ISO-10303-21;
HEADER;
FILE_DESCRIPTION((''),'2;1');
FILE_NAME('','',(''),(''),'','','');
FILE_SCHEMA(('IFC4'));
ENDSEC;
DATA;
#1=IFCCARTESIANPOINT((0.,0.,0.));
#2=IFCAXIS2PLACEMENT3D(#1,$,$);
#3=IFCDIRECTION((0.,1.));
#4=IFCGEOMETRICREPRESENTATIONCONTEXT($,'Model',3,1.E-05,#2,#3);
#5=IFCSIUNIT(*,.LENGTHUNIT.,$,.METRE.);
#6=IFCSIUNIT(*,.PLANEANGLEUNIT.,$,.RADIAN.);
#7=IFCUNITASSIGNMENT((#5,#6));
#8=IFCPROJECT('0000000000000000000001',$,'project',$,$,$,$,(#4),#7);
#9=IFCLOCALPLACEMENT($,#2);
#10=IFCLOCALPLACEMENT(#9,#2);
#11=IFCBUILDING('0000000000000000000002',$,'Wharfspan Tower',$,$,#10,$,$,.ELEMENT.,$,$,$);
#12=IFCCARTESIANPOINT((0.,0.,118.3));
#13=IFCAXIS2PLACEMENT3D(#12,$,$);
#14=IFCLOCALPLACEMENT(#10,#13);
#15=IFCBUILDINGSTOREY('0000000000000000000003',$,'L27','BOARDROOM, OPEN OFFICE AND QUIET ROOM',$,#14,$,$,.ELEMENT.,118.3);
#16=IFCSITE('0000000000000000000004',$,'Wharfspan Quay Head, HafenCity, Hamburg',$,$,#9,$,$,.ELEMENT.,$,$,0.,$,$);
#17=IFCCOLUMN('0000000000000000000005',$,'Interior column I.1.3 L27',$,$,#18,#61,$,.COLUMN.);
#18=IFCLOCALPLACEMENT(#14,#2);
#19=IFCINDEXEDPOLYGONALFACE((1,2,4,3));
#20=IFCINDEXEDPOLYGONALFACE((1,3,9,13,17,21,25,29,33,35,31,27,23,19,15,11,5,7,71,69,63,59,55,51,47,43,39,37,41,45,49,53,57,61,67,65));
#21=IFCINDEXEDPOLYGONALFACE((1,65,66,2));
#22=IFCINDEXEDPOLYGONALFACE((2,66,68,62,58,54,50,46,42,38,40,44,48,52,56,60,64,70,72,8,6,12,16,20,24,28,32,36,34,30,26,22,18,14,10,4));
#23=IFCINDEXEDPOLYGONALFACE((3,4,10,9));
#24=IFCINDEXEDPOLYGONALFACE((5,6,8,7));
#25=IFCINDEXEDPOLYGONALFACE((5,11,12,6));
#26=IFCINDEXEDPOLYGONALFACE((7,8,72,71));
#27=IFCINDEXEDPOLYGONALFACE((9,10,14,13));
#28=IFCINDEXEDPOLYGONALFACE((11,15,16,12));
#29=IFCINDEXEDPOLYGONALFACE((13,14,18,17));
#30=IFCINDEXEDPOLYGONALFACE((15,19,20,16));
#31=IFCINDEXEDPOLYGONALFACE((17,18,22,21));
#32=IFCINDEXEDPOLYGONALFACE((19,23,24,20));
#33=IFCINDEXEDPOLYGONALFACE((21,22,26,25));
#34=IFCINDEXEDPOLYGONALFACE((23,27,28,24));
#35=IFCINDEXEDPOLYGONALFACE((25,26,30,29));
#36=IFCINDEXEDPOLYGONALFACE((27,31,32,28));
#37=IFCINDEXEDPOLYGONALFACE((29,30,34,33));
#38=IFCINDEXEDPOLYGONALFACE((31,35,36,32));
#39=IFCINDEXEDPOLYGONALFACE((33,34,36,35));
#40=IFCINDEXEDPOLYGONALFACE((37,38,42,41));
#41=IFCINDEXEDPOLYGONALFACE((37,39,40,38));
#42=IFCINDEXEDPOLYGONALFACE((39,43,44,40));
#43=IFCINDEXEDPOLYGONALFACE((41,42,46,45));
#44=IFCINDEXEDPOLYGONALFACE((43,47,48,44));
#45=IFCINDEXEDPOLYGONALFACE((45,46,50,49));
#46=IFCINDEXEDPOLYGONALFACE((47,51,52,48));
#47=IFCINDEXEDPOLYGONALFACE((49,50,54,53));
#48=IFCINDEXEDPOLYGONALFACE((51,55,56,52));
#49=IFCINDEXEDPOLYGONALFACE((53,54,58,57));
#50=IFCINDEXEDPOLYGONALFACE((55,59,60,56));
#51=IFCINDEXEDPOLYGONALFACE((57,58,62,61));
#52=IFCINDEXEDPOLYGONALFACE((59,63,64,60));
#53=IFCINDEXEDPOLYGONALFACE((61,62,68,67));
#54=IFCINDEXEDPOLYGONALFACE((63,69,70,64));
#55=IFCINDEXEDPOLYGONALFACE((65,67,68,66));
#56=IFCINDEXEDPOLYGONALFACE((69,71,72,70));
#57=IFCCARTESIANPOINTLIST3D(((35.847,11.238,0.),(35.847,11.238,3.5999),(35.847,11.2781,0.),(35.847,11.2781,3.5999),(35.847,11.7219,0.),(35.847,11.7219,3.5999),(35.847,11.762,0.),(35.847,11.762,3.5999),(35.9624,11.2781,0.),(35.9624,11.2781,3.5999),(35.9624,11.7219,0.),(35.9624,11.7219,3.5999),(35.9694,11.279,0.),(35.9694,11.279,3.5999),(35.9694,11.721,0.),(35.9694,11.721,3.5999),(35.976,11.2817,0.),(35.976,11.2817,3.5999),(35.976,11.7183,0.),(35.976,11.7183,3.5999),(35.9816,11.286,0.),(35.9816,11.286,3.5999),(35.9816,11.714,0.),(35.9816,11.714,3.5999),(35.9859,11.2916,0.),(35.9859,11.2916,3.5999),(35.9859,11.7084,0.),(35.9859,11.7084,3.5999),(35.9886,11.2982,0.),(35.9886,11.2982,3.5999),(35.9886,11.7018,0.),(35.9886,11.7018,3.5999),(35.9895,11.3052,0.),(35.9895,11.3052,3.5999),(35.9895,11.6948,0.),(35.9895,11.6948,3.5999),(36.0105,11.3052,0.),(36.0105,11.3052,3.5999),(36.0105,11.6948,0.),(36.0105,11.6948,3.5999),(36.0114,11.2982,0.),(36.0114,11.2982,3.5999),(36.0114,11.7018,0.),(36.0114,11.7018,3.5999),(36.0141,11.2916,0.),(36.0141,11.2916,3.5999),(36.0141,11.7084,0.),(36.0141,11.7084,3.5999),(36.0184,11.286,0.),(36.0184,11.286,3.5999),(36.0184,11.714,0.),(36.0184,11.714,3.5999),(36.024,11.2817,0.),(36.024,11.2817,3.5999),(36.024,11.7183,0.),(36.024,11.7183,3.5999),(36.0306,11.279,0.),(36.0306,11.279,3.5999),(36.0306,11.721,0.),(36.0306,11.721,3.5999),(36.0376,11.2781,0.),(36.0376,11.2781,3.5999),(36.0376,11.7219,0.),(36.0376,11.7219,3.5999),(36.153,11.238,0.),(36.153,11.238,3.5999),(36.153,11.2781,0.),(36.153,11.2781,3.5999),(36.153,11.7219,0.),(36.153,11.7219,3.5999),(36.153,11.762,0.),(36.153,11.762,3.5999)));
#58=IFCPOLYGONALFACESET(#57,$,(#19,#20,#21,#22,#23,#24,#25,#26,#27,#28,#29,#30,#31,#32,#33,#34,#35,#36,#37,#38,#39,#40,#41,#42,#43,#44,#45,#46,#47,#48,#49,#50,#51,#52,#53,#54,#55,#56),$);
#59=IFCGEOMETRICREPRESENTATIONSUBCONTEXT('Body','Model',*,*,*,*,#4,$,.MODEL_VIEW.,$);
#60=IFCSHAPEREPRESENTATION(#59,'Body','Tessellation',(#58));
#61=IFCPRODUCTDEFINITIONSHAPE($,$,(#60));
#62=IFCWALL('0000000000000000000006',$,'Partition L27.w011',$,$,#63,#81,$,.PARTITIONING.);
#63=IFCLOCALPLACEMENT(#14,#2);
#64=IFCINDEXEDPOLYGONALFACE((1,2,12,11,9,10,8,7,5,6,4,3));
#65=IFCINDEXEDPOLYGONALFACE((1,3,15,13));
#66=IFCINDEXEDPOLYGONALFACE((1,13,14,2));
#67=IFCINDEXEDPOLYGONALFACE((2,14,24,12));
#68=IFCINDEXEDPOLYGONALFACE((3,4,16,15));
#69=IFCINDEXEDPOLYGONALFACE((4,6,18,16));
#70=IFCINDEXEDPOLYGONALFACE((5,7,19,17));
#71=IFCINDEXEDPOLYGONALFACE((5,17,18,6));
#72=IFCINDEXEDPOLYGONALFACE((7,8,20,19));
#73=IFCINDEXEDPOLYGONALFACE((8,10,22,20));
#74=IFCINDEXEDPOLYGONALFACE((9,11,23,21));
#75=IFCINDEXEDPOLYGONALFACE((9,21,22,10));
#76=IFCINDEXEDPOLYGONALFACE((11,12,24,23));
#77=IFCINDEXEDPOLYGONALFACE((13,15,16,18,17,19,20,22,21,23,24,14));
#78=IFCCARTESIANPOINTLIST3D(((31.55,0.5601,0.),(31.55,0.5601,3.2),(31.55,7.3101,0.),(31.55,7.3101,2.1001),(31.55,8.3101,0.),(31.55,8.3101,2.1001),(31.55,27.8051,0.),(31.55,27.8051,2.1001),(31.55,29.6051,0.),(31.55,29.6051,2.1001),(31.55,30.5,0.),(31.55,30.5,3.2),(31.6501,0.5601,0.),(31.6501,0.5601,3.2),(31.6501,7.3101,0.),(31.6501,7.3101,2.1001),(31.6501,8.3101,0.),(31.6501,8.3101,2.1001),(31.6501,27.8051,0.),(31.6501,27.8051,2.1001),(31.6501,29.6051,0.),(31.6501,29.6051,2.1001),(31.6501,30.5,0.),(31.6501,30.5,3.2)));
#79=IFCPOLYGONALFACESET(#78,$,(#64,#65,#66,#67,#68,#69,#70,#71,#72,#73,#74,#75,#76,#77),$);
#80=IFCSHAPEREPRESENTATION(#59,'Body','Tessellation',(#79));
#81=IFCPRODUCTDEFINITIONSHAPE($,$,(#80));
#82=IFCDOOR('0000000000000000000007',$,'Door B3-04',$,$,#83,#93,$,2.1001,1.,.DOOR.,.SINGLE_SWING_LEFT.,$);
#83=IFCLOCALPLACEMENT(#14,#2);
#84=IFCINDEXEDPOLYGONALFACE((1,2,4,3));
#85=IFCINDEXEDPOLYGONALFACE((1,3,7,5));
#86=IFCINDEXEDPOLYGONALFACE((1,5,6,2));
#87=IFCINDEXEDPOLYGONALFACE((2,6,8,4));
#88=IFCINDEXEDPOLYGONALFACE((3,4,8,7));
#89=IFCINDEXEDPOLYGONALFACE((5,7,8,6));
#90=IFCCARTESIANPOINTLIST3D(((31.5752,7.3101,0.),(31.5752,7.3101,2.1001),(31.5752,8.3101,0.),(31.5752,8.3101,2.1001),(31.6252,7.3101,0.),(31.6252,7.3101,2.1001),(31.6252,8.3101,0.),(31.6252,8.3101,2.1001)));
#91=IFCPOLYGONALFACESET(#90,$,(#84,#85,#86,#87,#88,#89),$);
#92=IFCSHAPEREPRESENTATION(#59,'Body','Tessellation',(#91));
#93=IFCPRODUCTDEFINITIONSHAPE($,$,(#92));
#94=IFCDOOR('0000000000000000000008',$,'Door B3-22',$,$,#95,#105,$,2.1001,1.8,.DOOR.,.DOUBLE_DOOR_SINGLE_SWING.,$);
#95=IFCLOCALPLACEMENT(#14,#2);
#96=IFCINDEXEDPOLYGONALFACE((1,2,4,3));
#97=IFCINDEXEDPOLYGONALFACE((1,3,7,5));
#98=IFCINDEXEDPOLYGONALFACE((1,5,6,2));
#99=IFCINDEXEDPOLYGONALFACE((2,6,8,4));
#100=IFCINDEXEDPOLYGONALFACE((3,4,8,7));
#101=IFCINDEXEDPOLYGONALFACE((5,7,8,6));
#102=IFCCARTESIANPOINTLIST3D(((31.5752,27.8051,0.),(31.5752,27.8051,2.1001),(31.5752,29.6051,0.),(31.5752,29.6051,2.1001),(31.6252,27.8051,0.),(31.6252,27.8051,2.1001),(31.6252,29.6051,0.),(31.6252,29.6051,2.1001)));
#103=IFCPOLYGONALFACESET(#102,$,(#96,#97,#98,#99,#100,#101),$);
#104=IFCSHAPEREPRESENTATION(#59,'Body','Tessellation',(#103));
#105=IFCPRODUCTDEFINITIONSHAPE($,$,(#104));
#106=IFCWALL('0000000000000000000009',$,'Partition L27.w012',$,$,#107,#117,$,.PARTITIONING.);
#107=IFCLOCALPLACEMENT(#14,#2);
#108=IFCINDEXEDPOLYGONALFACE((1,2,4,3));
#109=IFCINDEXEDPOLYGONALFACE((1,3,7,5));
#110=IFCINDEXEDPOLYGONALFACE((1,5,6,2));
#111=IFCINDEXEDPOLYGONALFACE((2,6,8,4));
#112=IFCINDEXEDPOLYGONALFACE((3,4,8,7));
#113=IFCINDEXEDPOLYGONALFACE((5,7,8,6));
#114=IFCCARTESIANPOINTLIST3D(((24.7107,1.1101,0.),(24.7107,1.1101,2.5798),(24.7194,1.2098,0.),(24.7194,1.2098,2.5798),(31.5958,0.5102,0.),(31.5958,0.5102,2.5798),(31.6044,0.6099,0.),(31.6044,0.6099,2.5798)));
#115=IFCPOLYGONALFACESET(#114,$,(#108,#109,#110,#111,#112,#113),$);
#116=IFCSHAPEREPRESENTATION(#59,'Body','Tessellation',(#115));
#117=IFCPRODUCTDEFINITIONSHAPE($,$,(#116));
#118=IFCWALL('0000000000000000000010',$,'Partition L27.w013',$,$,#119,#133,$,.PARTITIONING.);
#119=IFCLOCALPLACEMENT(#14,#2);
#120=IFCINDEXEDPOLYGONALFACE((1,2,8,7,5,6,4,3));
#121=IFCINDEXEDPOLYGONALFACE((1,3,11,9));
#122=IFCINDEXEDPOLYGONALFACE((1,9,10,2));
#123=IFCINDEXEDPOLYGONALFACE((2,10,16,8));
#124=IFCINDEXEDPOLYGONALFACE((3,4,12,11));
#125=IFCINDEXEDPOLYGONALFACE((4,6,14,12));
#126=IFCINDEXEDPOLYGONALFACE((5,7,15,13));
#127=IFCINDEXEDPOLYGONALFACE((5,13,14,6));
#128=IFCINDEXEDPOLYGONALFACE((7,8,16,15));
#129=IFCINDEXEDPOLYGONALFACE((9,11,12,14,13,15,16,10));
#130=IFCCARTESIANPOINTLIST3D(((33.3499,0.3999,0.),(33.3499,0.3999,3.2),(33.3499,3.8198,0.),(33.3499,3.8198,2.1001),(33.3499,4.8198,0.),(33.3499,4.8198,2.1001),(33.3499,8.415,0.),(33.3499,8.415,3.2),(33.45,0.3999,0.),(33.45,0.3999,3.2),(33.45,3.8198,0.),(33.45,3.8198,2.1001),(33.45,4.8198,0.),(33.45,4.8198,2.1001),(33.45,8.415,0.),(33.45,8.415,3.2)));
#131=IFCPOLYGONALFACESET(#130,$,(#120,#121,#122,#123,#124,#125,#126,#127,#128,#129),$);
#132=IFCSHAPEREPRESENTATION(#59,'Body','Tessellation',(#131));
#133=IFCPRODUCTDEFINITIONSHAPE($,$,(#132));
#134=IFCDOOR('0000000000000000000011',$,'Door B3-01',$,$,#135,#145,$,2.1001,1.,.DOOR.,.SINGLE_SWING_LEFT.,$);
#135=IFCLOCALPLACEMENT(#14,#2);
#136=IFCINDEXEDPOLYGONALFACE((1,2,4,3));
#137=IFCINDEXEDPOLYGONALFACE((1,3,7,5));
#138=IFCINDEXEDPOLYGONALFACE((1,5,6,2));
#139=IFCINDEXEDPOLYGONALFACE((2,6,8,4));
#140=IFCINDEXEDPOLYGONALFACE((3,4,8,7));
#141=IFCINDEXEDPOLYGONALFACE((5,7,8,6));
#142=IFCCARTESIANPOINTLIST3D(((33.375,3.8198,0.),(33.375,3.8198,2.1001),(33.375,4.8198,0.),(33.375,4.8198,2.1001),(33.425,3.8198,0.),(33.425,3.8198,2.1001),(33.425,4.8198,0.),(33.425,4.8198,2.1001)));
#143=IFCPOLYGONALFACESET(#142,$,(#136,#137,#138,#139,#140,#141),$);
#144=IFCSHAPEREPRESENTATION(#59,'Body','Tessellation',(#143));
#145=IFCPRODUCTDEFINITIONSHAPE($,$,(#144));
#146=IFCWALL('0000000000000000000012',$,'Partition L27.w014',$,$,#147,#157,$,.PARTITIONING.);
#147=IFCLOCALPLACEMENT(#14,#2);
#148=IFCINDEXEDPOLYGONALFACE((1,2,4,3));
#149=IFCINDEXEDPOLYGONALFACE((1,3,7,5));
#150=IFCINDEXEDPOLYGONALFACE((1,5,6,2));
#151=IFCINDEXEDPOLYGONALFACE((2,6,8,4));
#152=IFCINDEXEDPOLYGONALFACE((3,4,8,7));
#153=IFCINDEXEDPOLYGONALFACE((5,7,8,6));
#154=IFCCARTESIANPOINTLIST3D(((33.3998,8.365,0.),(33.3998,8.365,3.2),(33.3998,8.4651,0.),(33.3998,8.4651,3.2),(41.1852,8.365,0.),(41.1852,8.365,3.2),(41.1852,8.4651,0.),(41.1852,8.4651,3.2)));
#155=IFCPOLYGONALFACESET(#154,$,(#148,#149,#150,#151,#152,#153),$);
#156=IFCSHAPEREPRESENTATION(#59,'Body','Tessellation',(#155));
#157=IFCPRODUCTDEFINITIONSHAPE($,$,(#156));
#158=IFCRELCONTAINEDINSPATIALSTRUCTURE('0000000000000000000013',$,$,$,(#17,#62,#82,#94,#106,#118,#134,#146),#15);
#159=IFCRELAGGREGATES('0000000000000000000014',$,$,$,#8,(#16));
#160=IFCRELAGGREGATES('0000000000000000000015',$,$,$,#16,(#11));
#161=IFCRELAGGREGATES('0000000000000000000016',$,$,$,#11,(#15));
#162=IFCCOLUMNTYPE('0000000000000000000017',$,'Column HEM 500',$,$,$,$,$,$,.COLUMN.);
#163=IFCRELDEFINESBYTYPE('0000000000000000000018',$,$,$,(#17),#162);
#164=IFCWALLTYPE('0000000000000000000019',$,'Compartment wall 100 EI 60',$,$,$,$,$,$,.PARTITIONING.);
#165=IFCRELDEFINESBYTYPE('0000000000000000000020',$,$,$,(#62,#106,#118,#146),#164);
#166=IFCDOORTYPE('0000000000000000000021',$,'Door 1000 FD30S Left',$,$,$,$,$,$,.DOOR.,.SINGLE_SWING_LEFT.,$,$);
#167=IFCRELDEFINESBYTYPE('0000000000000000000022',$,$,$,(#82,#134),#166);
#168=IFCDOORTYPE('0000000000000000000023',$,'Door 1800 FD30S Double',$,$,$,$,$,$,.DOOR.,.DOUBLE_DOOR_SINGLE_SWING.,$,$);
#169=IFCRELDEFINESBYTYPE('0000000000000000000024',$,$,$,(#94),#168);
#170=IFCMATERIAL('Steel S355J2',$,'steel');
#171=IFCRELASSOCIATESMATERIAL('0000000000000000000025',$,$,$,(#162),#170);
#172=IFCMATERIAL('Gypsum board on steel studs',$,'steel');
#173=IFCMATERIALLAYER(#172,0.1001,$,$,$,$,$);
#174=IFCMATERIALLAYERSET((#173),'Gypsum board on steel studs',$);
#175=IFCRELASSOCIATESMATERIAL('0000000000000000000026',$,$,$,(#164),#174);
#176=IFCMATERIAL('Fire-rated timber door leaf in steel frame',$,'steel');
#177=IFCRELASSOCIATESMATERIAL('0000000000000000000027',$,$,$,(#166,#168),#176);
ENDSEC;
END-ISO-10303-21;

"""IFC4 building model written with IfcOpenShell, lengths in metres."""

from ifc_helpers import new_model, si_unit, direction, frame, frame_2d, origin, origin_2d, place, context, subcontext, project, spatial, rectangle, i_section, extrude, material, layer, layer_set, material_profile, profile_set, type_object, element, fill, save


model = new_model("IFC4")

# Units and contexts
model_context = context("Model", 3, precision=1e-05, world=origin(), true_north=direction((0.0, 1.0)))
body_context = subcontext(model_context, "Body", "Model", "MODEL_VIEW")
ifc_project = project(units=[si_unit("LENGTHUNIT", "METRE"), si_unit("PLANEANGLEUNIT", "RADIAN")], contexts=[model_context])

# Site, building, storey
site_placement = place(None, origin())
site = spatial("IfcSite", under=ifc_project, at=site_placement, Name="Wharfspan Quay Head, HafenCity, Hamburg", CompositionType="ELEMENT", RefElevation=0.0)
building_placement = place(site_placement, origin())
building = spatial("IfcBuilding", under=site, at=building_placement, Name="Wharfspan Tower", CompositionType="ELEMENT")
storey_placement = place(building_placement, frame((0.0, 0.0, 118.3)))
storey = spatial("IfcBuildingStorey", under=building, at=storey_placement, Name="L27", Description="BOARDROOM, OPEN OFFICE AND QUIET ROOM", CompositionType="ELEMENT", Elevation=118.3)

# Column
ifc_material_1 = material(Name="Steel S355J2", Category="steel")
ifc_material_profile = material_profile(ifc_material_1, i_section(OverallWidth=0.3059, OverallDepth=0.5239, WebThickness=0.021, FlangeThickness=0.04, FilletRadius=0.0271, at=origin_2d()))
ifc_profile_set = profile_set([ifc_material_profile], Name="Steel S355J2")
column_type = type_object("IfcColumnType", Name="Column HEM 500", PredefinedType="COLUMN", material=ifc_profile_set)
column_placement = place(storey_placement, frame((36.0, 11.5, 0.0), z_axis=(0.0, 0.0, 1.0), x_axis=(1.0, 0.0, 0.0)))
element("IfcColumn", 1, at=column_placement, inside=storey, type_object=column_type, Name="Interior column I.1.3 L27", PredefinedType="COLUMN", context=body_context, shape_type="SweptSolid", body=[
    extrude(i_section(OverallWidth=0.3059, OverallDepth=0.5239, WebThickness=0.021, FlangeThickness=0.04, FilletRadius=0.0271, at=origin_2d()), origin(), (0.0, 0.0, 1.0), 3.5999),
])

# Wall, openings, doors
ifc_material_2 = material(Name="Gypsum board on steel studs", Category="steel")
ifc_layer_1 = layer(ifc_material_2, 0.1001)
ifc_layer_set_1 = layer_set([ifc_layer_1], Name="Gypsum board on steel studs")
wall_type_1 = type_object("IfcWallType", Name="Compartment wall 100 EI 60", PredefinedType="PARTITIONING", material=ifc_layer_set_1)
wall_1_placement = place(storey_placement, frame((31.6001, 0.5601, 0.0), z_axis=(0.0, 0.0, 1.0), x_axis=(0.0, 1.0, 0.0)))
wall_1 = element("IfcWall", 2, at=wall_1_placement, inside=storey, type_object=wall_type_1, Name="Partition L27.w011", PredefinedType="PARTITIONING", context=body_context, shape_type="SweptSolid", body=[
    extrude(rectangle(XDim=29.9399, YDim=0.1001, at=frame_2d((14.97, 0.0))), origin(), (0.0, 0.0, 1.0), 3.2),
])
opening_1_placement = place(wall_1_placement, frame((6.75, 0.0, 0.0)))
opening_1 = element("IfcOpeningElement", 3, at=opening_1_placement, cuts=wall_1, PredefinedType="OPENING", context=body_context, shape_type="SweptSolid", body=[
    extrude(rectangle(XDim=1.0, YDim=2.1001, at=frame_2d((0.5, 1.05))), frame((0.0, 0.0601, 0.0), z_axis=(0.0, -1.0, 0.0), x_axis=(1.0, 0.0, 0.0)), (0.0, 0.0, 1.0), 0.1201),
])
opening_2_placement = place(wall_1_placement, frame((27.2451, 0.0, 0.0)))
opening_2 = element("IfcOpeningElement", 4, at=opening_2_placement, cuts=wall_1, PredefinedType="OPENING", context=body_context, shape_type="SweptSolid", body=[
    extrude(rectangle(XDim=1.8, YDim=2.1001, at=frame_2d((0.8999, 1.05))), frame((0.0, 0.0601, 0.0), z_axis=(0.0, -1.0, 0.0), x_axis=(1.0, 0.0, 0.0)), (0.0, 0.0, 1.0), 0.1201),
])
ifc_material_3 = material(Name="Fire-rated timber door leaf in steel frame", Category="steel")
door_type_1 = type_object("IfcDoorType", Name="Door 1000 FD30S Left", OperationType="SINGLE_SWING_LEFT", PredefinedType="DOOR", material=ifc_material_3)
door_1_placement = place(opening_1_placement, origin())
door_1 = element("IfcDoor", 5, at=door_1_placement, inside=storey, type_object=door_type_1, Name="Door B3-04", OperationType="SINGLE_SWING_LEFT", OverallHeight=2.1001, OverallWidth=1.0, PredefinedType="DOOR", context=body_context, shape_type="SweptSolid", body=[
    extrude(rectangle(XDim=1.0, YDim=2.1001, at=frame_2d((0.5, 1.05))), frame((0.0, 0.0249, 0.0), z_axis=(0.0, -1.0, 0.0), x_axis=(1.0, 0.0, 0.0)), (0.0, 0.0, 1.0), 0.05),
])
fill(opening_1, door_1)
door_type_2 = type_object("IfcDoorType", Name="Door 1800 FD30S Double", OperationType="DOUBLE_DOOR_SINGLE_SWING", PredefinedType="DOOR", material=ifc_material_3)
door_2_placement = place(opening_2_placement, origin())
door_2 = element("IfcDoor", 6, at=door_2_placement, inside=storey, type_object=door_type_2, Name="Door B3-22", OperationType="DOUBLE_DOOR_SINGLE_SWING", OverallHeight=2.1001, OverallWidth=1.8, PredefinedType="DOOR", context=body_context, shape_type="SweptSolid", body=[
    extrude(rectangle(XDim=1.8, YDim=2.1001, at=frame_2d((0.8999, 1.05))), frame((0.0, 0.0249, 0.0), z_axis=(0.0, -1.0, 0.0), x_axis=(1.0, 0.0, 0.0)), (0.0, 0.0, 1.0), 0.05),
])
fill(opening_2, door_2)

# Wall
wall_2_placement = place(storey_placement, frame((31.6001, 0.5601, 0.0), z_axis=(0.0, 0.0, 1.0), x_axis=(-0.996229, 0.086796, 0.0)))
element("IfcWall", 7, at=wall_2_placement, inside=storey, type_object=wall_type_1, Name="Partition L27.w012", PredefinedType="PARTITIONING", context=body_context, shape_type="SweptSolid", body=[
    extrude(rectangle(XDim=6.9111, YDim=0.1001, at=frame_2d((3.4556, 0.0))), origin(), (0.0, 0.0, 1.0), 2.5798),
])

# Wall, opening, door
wall_3_placement = place(storey_placement, frame((33.3999, 0.3999, 0.0), z_axis=(0.0, 0.0, 1.0), x_axis=(0.0, 1.0, 0.0)))
wall_3 = element("IfcWall", 8, at=wall_3_placement, inside=storey, type_object=wall_type_1, Name="Partition L27.w013", PredefinedType="PARTITIONING", context=body_context, shape_type="SweptSolid", body=[
    extrude(rectangle(XDim=8.0151, YDim=0.1001, at=frame_2d((4.0076, 0.0))), origin(), (0.0, 0.0, 1.0), 3.2),
])
opening_3_placement = place(wall_3_placement, frame((3.4199, 0.0, 0.0)))
opening_3 = element("IfcOpeningElement", 9, at=opening_3_placement, cuts=wall_3, PredefinedType="OPENING", context=body_context, shape_type="SweptSolid", body=[
    extrude(rectangle(XDim=1.0, YDim=2.1001, at=frame_2d((0.5, 1.05))), frame((0.0, 0.0601, 0.0), z_axis=(0.0, -1.0, 0.0), x_axis=(1.0, 0.0, 0.0)), (0.0, 0.0, 1.0), 0.1201),
])
door_3_placement = place(opening_3_placement, origin())
door_3 = element("IfcDoor", 10, at=door_3_placement, inside=storey, type_object=door_type_1, Name="Door B3-01", OperationType="SINGLE_SWING_LEFT", OverallHeight=2.1001, OverallWidth=1.0, PredefinedType="DOOR", context=body_context, shape_type="SweptSolid", body=[
    extrude(rectangle(XDim=1.0, YDim=2.1001, at=frame_2d((0.5, 1.05))), frame((0.0, 0.0249, 0.0), z_axis=(0.0, -1.0, 0.0), x_axis=(1.0, 0.0, 0.0)), (0.0, 0.0, 1.0), 0.05),
])
fill(opening_3, door_3)

# Wall
wall_4_placement = place(storey_placement, frame((33.3999, 8.415, 0.0), z_axis=(0.0, 0.0, 1.0), x_axis=(1.0, 0.0, 0.0)))
element("IfcWall", 11, at=wall_4_placement, inside=storey, type_object=wall_type_1, Name="Partition L27.w014", PredefinedType="PARTITIONING", context=body_context, shape_type="SweptSolid", body=[
    extrude(rectangle(XDim=7.7854, YDim=0.1001, at=frame_2d((3.8926, 0.0))), origin(), (0.0, 0.0, 1.0), 3.2),
])

save(model, "model.ifc")
